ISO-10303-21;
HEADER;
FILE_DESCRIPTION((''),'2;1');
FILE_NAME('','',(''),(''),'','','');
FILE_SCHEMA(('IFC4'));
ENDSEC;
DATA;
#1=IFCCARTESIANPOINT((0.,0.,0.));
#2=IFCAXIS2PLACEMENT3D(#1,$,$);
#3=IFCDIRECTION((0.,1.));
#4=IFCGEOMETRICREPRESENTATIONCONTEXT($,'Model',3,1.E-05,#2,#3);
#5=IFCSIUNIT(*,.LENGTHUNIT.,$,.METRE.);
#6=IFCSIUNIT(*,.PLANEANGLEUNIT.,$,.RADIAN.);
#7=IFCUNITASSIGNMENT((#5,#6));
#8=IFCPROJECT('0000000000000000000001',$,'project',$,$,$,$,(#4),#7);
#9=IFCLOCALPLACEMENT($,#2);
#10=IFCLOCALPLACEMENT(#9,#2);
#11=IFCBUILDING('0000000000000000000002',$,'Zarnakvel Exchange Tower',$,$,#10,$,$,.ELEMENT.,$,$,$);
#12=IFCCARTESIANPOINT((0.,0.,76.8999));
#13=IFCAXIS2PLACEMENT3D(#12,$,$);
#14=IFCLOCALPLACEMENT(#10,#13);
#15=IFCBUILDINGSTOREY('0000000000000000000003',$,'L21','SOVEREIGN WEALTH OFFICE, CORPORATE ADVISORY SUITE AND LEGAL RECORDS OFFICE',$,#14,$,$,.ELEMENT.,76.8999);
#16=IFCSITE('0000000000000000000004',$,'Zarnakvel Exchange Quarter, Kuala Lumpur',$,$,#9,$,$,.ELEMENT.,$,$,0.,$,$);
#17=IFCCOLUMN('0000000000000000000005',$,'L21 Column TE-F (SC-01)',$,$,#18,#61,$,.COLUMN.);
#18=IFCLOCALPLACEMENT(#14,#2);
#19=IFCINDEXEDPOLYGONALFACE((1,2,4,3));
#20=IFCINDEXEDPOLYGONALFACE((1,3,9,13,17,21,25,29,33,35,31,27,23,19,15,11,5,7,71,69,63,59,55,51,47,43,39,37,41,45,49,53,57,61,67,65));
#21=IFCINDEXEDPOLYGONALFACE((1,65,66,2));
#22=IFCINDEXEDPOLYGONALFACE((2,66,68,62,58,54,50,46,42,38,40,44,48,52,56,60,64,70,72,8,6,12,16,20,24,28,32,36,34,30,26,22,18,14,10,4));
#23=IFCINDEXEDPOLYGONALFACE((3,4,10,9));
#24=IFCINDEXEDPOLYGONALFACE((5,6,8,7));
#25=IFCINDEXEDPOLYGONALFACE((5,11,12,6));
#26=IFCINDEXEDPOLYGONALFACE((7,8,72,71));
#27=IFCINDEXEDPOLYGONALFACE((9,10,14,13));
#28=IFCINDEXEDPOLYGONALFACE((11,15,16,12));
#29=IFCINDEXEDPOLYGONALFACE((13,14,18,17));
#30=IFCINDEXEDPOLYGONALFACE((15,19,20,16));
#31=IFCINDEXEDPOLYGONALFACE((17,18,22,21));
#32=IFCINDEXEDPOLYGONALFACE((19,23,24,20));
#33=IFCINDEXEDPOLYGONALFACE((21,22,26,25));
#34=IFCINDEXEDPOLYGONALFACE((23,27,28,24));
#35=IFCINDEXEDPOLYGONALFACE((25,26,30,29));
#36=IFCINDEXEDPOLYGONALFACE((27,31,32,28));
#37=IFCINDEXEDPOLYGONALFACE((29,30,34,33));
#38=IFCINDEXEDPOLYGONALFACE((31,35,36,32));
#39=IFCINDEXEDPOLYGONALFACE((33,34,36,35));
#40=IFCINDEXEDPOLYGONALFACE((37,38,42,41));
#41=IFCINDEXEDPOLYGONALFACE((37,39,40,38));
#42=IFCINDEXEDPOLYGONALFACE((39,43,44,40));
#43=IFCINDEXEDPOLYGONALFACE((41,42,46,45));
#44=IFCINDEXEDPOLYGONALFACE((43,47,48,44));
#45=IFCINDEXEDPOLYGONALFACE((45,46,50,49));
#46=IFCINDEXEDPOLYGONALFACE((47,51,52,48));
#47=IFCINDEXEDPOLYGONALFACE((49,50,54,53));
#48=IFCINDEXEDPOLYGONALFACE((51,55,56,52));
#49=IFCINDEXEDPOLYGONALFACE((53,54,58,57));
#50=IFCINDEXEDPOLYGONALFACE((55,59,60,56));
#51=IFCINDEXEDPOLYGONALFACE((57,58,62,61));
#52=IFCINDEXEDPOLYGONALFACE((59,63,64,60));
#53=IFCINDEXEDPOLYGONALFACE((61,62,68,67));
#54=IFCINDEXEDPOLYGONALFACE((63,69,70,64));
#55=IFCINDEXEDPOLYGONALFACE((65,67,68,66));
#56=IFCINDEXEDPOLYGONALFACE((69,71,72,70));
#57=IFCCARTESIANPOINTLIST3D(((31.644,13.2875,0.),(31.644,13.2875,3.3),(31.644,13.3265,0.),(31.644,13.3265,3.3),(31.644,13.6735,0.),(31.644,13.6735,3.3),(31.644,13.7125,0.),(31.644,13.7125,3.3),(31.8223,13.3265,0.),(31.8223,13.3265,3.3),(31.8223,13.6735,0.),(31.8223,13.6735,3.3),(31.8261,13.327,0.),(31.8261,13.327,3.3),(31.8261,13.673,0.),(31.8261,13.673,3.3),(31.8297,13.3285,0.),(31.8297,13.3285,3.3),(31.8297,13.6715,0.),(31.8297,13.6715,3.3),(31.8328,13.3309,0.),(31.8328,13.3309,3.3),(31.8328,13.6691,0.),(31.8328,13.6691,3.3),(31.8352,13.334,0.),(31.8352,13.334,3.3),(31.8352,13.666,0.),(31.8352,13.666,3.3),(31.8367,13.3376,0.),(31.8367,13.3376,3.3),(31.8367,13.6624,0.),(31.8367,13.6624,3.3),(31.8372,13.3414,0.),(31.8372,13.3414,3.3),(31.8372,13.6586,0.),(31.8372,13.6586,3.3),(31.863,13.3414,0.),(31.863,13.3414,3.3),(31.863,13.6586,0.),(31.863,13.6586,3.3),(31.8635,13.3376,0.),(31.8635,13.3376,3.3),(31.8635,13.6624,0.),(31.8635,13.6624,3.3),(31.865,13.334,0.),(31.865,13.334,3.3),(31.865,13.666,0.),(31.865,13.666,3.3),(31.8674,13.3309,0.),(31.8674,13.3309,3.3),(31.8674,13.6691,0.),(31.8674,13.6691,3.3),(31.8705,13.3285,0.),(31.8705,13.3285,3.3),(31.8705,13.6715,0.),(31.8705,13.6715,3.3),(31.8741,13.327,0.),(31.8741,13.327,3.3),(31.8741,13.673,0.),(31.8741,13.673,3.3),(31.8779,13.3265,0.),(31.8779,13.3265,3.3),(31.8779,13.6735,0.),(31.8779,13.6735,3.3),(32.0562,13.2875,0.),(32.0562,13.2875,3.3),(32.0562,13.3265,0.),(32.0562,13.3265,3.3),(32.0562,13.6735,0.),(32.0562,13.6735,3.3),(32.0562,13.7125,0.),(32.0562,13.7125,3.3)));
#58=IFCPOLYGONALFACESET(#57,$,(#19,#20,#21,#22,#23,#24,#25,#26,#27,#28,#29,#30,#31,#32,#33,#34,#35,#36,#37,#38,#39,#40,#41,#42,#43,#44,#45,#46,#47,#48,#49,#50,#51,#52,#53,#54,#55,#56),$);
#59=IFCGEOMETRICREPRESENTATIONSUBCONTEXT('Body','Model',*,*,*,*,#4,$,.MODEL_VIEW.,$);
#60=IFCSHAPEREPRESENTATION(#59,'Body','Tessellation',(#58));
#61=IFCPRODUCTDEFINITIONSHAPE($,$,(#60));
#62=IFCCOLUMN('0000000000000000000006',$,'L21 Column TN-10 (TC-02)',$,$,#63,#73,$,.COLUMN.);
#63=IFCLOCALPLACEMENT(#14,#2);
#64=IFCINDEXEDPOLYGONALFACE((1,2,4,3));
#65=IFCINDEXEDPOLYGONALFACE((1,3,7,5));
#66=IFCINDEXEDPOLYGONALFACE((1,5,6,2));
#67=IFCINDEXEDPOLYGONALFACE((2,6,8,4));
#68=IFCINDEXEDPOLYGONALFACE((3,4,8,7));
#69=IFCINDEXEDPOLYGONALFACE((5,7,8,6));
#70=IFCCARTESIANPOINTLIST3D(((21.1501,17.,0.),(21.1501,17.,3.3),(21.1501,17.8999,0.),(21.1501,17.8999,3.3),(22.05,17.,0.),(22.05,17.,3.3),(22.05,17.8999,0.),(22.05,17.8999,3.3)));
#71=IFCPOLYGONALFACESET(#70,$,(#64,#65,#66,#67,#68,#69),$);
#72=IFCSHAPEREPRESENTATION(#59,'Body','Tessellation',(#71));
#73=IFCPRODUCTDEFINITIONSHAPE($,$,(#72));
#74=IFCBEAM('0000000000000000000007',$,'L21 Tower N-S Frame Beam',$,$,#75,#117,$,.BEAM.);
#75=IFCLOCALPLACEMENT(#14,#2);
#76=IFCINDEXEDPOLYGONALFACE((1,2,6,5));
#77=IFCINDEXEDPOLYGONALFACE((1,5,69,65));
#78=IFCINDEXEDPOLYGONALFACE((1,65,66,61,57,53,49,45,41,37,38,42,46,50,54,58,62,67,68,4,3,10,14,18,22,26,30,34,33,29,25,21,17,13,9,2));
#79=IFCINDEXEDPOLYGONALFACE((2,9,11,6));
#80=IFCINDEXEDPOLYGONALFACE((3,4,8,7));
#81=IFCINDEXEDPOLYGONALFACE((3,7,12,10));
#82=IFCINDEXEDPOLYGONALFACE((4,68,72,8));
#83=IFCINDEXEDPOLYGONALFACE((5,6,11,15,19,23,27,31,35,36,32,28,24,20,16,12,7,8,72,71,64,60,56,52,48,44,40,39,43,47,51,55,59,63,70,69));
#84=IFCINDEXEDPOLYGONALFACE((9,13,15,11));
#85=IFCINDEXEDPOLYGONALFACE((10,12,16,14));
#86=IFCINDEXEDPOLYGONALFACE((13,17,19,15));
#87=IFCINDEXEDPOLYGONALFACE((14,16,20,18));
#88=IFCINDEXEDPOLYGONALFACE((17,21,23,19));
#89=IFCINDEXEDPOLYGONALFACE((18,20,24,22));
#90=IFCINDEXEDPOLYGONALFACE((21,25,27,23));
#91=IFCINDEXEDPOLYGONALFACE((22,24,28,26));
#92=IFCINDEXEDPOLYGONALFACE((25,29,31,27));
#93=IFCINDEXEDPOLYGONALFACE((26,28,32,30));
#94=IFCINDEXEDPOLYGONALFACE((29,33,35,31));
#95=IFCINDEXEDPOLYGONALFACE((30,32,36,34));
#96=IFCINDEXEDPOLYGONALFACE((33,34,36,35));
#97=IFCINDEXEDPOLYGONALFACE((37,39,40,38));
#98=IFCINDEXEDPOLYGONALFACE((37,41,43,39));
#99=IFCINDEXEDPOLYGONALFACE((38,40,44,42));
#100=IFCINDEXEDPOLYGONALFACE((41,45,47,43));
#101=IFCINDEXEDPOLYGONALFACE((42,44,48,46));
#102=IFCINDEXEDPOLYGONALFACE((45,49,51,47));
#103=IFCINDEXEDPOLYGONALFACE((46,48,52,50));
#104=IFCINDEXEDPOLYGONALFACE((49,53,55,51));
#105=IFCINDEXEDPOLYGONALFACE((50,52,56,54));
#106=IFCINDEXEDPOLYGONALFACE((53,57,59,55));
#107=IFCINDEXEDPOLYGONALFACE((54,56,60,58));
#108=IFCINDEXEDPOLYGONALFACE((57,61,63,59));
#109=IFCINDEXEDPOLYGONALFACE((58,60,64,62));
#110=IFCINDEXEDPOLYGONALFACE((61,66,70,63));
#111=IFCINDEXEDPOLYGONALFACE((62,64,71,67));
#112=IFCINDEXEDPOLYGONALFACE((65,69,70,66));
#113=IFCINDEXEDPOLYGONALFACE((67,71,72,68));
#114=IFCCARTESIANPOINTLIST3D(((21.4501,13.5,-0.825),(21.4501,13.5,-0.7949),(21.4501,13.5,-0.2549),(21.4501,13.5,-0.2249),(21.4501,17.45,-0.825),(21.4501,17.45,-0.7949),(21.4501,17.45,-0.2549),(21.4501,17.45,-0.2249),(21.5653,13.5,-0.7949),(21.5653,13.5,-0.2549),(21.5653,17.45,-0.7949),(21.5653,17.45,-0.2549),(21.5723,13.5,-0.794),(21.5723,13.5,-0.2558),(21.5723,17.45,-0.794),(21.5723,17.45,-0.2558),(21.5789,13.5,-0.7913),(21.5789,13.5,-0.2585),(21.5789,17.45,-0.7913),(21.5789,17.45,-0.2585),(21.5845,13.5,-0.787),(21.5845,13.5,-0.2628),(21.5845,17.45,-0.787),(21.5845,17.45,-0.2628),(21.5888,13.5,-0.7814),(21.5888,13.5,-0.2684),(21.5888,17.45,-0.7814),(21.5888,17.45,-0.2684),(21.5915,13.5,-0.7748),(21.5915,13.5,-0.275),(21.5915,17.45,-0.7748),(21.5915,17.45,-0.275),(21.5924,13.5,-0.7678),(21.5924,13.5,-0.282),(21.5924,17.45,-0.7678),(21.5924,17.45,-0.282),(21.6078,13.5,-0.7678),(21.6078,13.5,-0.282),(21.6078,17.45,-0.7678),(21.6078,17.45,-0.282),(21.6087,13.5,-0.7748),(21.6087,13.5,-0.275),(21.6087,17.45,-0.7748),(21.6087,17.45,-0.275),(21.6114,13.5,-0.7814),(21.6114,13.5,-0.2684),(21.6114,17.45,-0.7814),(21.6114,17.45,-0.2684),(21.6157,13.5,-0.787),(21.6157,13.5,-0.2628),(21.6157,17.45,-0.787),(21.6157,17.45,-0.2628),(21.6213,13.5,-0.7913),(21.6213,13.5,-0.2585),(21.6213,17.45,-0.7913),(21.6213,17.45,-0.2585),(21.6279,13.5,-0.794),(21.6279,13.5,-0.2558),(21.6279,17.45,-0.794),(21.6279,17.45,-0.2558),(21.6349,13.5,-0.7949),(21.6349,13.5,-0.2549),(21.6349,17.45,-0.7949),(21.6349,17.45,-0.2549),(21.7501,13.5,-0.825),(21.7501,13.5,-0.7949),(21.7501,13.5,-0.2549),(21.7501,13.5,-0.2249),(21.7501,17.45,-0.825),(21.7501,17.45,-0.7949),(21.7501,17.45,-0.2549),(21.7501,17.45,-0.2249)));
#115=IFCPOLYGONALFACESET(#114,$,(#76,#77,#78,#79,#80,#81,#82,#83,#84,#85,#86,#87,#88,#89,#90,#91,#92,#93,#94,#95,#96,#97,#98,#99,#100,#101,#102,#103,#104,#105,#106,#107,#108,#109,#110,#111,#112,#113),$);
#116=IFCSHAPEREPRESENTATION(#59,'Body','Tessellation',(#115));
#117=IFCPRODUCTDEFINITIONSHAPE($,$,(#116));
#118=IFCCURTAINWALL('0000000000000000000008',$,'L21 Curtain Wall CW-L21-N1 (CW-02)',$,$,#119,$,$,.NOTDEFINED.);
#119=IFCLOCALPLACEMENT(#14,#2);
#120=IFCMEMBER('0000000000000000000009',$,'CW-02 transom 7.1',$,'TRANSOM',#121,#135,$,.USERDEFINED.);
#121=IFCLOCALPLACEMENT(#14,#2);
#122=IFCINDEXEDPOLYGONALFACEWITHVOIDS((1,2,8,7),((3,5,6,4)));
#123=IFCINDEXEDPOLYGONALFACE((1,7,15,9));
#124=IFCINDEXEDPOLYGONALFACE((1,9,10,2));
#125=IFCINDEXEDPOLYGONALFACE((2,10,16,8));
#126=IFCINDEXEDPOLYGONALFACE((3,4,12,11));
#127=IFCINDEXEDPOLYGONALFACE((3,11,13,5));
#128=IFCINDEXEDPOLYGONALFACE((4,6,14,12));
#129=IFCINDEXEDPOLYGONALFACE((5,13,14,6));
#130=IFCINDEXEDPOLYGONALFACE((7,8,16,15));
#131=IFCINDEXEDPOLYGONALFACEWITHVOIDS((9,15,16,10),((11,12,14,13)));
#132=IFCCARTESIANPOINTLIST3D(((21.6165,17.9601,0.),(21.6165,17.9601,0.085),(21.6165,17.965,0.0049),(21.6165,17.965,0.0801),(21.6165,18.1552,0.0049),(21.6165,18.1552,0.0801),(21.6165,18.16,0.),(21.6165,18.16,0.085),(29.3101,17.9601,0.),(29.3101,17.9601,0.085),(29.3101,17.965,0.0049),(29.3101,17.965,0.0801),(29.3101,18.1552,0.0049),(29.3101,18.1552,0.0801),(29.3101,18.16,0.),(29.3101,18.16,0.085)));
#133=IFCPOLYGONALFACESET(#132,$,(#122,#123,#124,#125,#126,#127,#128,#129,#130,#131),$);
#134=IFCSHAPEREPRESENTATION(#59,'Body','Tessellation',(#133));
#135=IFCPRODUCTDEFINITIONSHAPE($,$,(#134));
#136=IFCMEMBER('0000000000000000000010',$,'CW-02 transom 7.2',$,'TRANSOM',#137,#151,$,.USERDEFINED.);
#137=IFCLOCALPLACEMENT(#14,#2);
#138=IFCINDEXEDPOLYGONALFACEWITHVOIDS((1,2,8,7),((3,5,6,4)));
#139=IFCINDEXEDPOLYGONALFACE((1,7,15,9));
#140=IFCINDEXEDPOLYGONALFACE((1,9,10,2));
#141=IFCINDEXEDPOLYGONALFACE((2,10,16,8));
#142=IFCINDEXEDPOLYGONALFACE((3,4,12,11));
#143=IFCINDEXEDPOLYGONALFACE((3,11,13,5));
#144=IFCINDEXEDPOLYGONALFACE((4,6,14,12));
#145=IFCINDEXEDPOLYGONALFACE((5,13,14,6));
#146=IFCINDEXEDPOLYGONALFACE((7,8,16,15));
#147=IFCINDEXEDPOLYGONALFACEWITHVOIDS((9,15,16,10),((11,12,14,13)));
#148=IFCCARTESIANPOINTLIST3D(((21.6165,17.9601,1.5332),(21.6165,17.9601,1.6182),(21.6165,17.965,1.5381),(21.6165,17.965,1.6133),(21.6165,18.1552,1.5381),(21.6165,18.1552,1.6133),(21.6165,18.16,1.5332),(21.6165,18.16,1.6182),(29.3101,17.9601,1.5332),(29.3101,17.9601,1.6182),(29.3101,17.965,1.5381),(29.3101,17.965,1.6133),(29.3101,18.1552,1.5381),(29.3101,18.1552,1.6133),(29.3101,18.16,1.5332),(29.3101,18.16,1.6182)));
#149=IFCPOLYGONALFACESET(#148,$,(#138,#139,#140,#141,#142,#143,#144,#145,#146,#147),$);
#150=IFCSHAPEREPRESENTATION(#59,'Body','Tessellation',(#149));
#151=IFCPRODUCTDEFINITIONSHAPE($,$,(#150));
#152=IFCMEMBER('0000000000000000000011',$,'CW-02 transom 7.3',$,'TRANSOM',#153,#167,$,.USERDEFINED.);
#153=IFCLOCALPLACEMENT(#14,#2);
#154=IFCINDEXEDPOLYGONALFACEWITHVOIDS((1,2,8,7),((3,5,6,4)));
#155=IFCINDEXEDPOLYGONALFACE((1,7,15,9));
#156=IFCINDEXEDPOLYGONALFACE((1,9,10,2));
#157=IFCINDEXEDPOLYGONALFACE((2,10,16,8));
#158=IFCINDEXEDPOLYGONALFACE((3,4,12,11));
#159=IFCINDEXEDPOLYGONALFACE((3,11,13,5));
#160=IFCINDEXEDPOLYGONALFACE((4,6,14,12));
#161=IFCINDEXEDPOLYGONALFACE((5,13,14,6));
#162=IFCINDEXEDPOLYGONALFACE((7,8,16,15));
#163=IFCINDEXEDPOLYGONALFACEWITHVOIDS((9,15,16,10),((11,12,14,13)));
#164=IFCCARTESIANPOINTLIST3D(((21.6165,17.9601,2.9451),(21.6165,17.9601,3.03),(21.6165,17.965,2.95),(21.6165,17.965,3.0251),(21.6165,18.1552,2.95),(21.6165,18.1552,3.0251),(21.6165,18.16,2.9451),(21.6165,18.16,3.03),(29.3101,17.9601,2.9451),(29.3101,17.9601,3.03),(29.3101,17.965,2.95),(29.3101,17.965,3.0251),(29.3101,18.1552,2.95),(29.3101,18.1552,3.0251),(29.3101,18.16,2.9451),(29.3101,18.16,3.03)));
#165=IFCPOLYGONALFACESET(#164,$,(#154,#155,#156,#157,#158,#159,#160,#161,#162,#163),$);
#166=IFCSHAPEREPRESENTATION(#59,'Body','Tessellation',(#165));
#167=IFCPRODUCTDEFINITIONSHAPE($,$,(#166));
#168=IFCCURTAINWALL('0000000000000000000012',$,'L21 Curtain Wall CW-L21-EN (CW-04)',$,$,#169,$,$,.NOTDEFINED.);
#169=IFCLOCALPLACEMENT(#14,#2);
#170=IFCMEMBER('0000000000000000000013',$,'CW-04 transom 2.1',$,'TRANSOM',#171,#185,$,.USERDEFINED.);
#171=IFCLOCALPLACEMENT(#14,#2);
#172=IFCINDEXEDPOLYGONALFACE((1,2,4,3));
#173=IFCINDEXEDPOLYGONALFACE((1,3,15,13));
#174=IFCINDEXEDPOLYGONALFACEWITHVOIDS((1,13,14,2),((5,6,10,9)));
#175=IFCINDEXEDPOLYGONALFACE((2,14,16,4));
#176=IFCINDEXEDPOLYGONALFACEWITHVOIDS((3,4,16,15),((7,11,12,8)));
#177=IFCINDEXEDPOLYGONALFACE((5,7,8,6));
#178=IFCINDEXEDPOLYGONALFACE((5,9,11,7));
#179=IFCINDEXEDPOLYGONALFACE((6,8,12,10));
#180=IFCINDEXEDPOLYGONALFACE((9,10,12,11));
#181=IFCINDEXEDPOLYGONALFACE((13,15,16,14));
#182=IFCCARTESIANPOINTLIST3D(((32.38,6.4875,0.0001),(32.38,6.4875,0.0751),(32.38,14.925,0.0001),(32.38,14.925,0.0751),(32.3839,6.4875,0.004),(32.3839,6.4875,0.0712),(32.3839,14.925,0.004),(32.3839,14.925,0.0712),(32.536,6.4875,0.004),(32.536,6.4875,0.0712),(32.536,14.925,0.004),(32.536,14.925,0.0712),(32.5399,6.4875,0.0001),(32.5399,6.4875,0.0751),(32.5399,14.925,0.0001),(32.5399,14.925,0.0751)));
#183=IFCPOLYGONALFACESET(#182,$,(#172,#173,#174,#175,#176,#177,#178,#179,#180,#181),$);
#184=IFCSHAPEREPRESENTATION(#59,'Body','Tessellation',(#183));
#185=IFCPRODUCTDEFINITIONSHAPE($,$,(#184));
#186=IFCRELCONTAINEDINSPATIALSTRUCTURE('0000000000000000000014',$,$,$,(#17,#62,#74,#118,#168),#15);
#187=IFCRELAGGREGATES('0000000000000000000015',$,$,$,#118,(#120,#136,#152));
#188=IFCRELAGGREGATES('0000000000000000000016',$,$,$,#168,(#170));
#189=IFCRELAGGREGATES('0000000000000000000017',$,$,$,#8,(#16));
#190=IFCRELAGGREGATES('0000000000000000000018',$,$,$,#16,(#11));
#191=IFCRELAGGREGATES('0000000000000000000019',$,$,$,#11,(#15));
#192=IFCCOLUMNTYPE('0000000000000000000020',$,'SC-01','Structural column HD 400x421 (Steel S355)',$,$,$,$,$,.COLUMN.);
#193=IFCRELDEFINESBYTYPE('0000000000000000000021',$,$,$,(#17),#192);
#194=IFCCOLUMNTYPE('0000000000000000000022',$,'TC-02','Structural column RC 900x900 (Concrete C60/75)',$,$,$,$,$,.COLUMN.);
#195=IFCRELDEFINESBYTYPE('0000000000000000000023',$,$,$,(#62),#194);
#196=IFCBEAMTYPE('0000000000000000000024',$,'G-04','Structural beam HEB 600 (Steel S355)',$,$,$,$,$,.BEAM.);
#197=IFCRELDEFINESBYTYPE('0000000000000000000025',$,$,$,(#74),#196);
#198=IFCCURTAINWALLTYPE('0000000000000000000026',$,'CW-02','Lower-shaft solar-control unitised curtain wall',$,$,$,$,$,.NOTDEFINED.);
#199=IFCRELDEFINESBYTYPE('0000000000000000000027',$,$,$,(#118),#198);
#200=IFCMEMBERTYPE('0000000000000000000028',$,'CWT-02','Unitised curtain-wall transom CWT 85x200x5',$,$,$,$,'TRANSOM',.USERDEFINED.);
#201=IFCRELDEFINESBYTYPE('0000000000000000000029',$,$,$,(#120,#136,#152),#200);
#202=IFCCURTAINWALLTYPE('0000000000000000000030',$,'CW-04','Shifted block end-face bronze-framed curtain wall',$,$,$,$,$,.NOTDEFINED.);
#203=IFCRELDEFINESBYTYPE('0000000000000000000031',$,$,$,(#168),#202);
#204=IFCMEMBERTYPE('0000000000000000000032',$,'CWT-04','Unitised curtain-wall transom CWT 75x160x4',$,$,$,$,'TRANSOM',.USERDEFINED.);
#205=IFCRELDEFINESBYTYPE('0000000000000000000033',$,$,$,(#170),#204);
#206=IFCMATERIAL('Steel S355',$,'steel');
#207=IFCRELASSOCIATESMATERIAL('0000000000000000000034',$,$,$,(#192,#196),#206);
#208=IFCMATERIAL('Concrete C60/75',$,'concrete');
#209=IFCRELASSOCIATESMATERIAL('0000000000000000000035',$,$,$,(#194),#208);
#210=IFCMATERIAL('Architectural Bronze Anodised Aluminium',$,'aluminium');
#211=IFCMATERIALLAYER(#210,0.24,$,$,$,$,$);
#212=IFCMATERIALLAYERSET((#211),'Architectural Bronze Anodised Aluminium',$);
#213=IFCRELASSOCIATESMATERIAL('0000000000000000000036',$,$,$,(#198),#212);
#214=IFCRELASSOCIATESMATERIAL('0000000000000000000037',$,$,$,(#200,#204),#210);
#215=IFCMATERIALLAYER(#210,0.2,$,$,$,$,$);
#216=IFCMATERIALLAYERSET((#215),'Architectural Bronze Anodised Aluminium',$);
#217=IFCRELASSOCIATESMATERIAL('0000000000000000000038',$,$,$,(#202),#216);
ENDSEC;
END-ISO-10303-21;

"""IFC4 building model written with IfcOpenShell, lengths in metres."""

from ifc_helpers import new_model, si_unit, direction, frame, origin, origin_2d, place, context, subcontext, project, spatial, rectangle, hollow_rectangle, i_section, extrude, source, transform, mapped, material, layer, layer_set, material_profile, profile_set, type_object, element, aggregate, save


model = new_model("IFC4")

# Units and contexts
model_context = context("Model", 3, precision=1e-05, world=origin(), true_north=direction((0.0, 1.0)))
body_context = subcontext(model_context, "Body", "Model", "MODEL_VIEW")
ifc_project = project(units=[si_unit("LENGTHUNIT", "METRE"), si_unit("PLANEANGLEUNIT", "RADIAN")], contexts=[model_context])

# Site, building, storey
site_placement = place(None, origin())
site = spatial("IfcSite", under=ifc_project, at=site_placement, Name="Zarnakvel Exchange Quarter, Kuala Lumpur", CompositionType="ELEMENT", RefElevation=0.0)
building_placement = place(site_placement, origin())
building = spatial("IfcBuilding", under=site, at=building_placement, Name="Zarnakvel Exchange Tower", CompositionType="ELEMENT")
storey_placement = place(building_placement, frame((0.0, 0.0, 76.8999)))
storey = spatial("IfcBuildingStorey", under=building, at=storey_placement, Name="L21", Description="SOVEREIGN WEALTH OFFICE, CORPORATE ADVISORY SUITE AND LEGAL RECORDS OFFICE", CompositionType="ELEMENT", Elevation=76.8999)

# Columns
ifc_material_1 = material(Name="Steel S355", Category="steel")
ifc_material_profile_1 = material_profile(ifc_material_1, i_section(OverallWidth=0.4121, OverallDepth=0.425, WebThickness=0.0259, FlangeThickness=0.0391, FilletRadius=0.0149, at=origin_2d()))
ifc_profile_set_1 = profile_set([ifc_material_profile_1], Name="Steel S355")
column_type_1 = type_object("IfcColumnType", Name="SC-01", Description="Structural column HD 400x421 (Steel S355)", PredefinedType="COLUMN", material=ifc_profile_set_1)
column_1_placement = place(storey_placement, frame((31.8501, 13.5, 0.0), z_axis=(0.0, 0.0, 1.0), x_axis=(1.0, 0.0, 0.0)))
element("IfcColumn", 1, at=column_1_placement, inside=storey, type_object=column_type_1, Name="L21 Column TE-F (SC-01)", PredefinedType="COLUMN", context=body_context, shape_type="SweptSolid", body=[
    extrude(i_section(OverallWidth=0.4121, OverallDepth=0.425, WebThickness=0.0259, FlangeThickness=0.0391, FilletRadius=0.0149, at=origin_2d()), origin(), (0.0, 0.0, 1.0), 3.3),
])
ifc_material_2 = material(Name="Concrete C60/75", Category="concrete")
ifc_material_profile_2 = material_profile(ifc_material_2, rectangle(XDim=0.8999, YDim=0.8999, at=origin_2d()))
ifc_profile_set_2 = profile_set([ifc_material_profile_2], Name="Concrete C60/75")
column_type_2 = type_object("IfcColumnType", Name="TC-02", Description="Structural column RC 900x900 (Concrete C60/75)", PredefinedType="COLUMN", material=ifc_profile_set_2)
column_2_placement = place(storey_placement, frame((21.6001, 17.45, 0.0), z_axis=(0.0, 0.0, 1.0), x_axis=(1.0, 0.0, 0.0)))
element("IfcColumn", 2, at=column_2_placement, inside=storey, type_object=column_type_2, Name="L21 Column TN-10 (TC-02)", PredefinedType="COLUMN", context=body_context, shape_type="SweptSolid", body=[
    extrude(rectangle(XDim=0.8999, YDim=0.8999, at=origin_2d()), origin(), (0.0, 0.0, 1.0), 3.3),
])

# Beam
ifc_material_profile_3 = material_profile(ifc_material_1, i_section(OverallWidth=0.3, OverallDepth=0.6001, WebThickness=0.0154, FlangeThickness=0.03, FilletRadius=0.0271, at=origin_2d()))
ifc_profile_set_3 = profile_set([ifc_material_profile_3], Name="Steel S355")
beam_type = type_object("IfcBeamType", Name="G-04", Description="Structural beam HEB 600 (Steel S355)", PredefinedType="BEAM", material=ifc_profile_set_3)
beam_placement = place(storey_placement, frame((21.6001, 13.5, -0.5249), z_axis=(0.0, 1.0, 0.0), x_axis=(-1.0, 0.0, 0.0)))
element("IfcBeam", 3, at=beam_placement, inside=storey, type_object=beam_type, Name="L21 Tower N-S Frame Beam", PredefinedType="BEAM", context=body_context, shape_type="SweptSolid", body=[
    extrude(i_section(OverallWidth=0.3, OverallDepth=0.6001, WebThickness=0.0154, FlangeThickness=0.03, FilletRadius=0.0271, at=origin_2d()), origin(), (0.0, 0.0, 1.0), 3.95),
])

# Curtain walls, members
ifc_material_3 = material(Name="Architectural Bronze Anodised Aluminium", Category="aluminium")
ifc_layer_1 = layer(ifc_material_3, 0.24)
ifc_layer_set_1 = layer_set([ifc_layer_1], Name="Architectural Bronze Anodised Aluminium")
curtain_wall_type_1 = type_object("IfcCurtainWallType", Name="CW-02", Description="Lower-shaft solar-control unitised curtain wall", PredefinedType="NOTDEFINED", material=ifc_layer_set_1)
curtain_wall_1_placement = place(storey_placement, origin())
curtain_wall_1 = element("IfcCurtainWall", 4, at=curtain_wall_1_placement, inside=storey, type_object=curtain_wall_type_1, Name="L21 Curtain Wall CW-L21-N1 (CW-02)", PredefinedType="NOTDEFINED")
ifc_material_profile_4 = material_profile(ifc_material_3, hollow_rectangle(XDim=0.2, YDim=0.085, WallThickness=0.0049, at=origin_2d()))
ifc_profile_set_4 = profile_set([ifc_material_profile_4], Name="Architectural Bronze Anodised Aluminium")
member_type_1 = type_object("IfcMemberType", Name="CWT-02", Description="Unitised curtain-wall transom CWT 85x200x5", ElementType="TRANSOM", PredefinedType="USERDEFINED", material=ifc_profile_set_4)
shared_shape_1 = source(origin(), body_context, "Body", "SweptSolid", [
    extrude(hollow_rectangle(XDim=0.2, YDim=0.085, WallThickness=0.0049, at=origin_2d()), origin(), (0.0, 0.0, 1.0), 7.6936),
])
member_1_placement = place(storey_placement, frame((21.6165, 18.0601, 0.0425), z_axis=(1.0, 0.0, 0.0), x_axis=(0.0, 1.0, 0.0)))
member_1 = element("IfcMember", 5, at=member_1_placement, type_object=member_type_1, Name="CW-02 transom 7.1", ObjectType="TRANSOM", PredefinedType="USERDEFINED", context=body_context, shape_type="MappedRepresentation", body=[
    mapped(shared_shape_1, transform((0.0, 0.0, 0.0), x_axis=(1.0, 0.0, 0.0), y_axis=(0.0, 1.0, 0.0), z_axis=(0.0, 0.0, 1.0), scale=1.0)),
])
member_2_placement = place(storey_placement, frame((21.6165, 18.0601, 1.5757), z_axis=(1.0, 0.0, 0.0), x_axis=(0.0, 1.0, 0.0)))
member_2 = element("IfcMember", 6, at=member_2_placement, type_object=member_type_1, Name="CW-02 transom 7.2", ObjectType="TRANSOM", PredefinedType="USERDEFINED", context=body_context, shape_type="MappedRepresentation", body=[
    mapped(shared_shape_1, transform((0.0, 0.0, 0.0), x_axis=(1.0, 0.0, 0.0), y_axis=(0.0, 1.0, 0.0), z_axis=(0.0, 0.0, 1.0), scale=1.0)),
])
member_3_placement = place(storey_placement, frame((21.6165, 18.0601, 2.9875), z_axis=(1.0, 0.0, 0.0), x_axis=(0.0, 1.0, 0.0)))
member_3 = element("IfcMember", 7, at=member_3_placement, type_object=member_type_1, Name="CW-02 transom 7.3", ObjectType="TRANSOM", PredefinedType="USERDEFINED", context=body_context, shape_type="MappedRepresentation", body=[
    mapped(shared_shape_1, transform((0.0, 0.0, 0.0), x_axis=(1.0, 0.0, 0.0), y_axis=(0.0, 1.0, 0.0), z_axis=(0.0, 0.0, 1.0), scale=1.0)),
])
ifc_layer_2 = layer(ifc_material_3, 0.2)
ifc_layer_set_2 = layer_set([ifc_layer_2], Name="Architectural Bronze Anodised Aluminium")
curtain_wall_type_2 = type_object("IfcCurtainWallType", Name="CW-04", Description="Shifted block end-face bronze-framed curtain wall", PredefinedType="NOTDEFINED", material=ifc_layer_set_2)
curtain_wall_2_placement = place(storey_placement, origin())
curtain_wall_2 = element("IfcCurtainWall", 8, at=curtain_wall_2_placement, inside=storey, type_object=curtain_wall_type_2, Name="L21 Curtain Wall CW-L21-EN (CW-04)", PredefinedType="NOTDEFINED")
ifc_material_profile_5 = material_profile(ifc_material_3, hollow_rectangle(XDim=0.1599, YDim=0.075, WallThickness=0.0039, at=origin_2d()))
ifc_profile_set_5 = profile_set([ifc_material_profile_5], Name="Architectural Bronze Anodised Aluminium")
member_type_2 = type_object("IfcMemberType", Name="CWT-04", Description="Unitised curtain-wall transom CWT 75x160x4", ElementType="TRANSOM", PredefinedType="USERDEFINED", material=ifc_profile_set_5)
shared_shape_2 = source(origin(), body_context, "Body", "SweptSolid", [
    extrude(hollow_rectangle(XDim=0.1599, YDim=0.075, WallThickness=0.0039, at=origin_2d()), origin(), (0.0, 0.0, 1.0), 8.4375),
])
member_4_placement = place(storey_placement, frame((32.46, 6.4875, 0.0376), z_axis=(0.0, 1.0, 0.0), x_axis=(-1.0, 0.0, 0.0)))
member_4 = element("IfcMember", 9, at=member_4_placement, type_object=member_type_2, Name="CW-04 transom 2.1", ObjectType="TRANSOM", PredefinedType="USERDEFINED", context=body_context, shape_type="MappedRepresentation", body=[
    mapped(shared_shape_2, transform((0.0, 0.0, 0.0), x_axis=(1.0, 0.0, 0.0), y_axis=(0.0, 1.0, 0.0), z_axis=(0.0, 0.0, 1.0), scale=1.0)),
])

aggregate(curtain_wall_1, [member_1, member_2, member_3])
aggregate(curtain_wall_2, [member_4])

save(model, "model.ifc")
